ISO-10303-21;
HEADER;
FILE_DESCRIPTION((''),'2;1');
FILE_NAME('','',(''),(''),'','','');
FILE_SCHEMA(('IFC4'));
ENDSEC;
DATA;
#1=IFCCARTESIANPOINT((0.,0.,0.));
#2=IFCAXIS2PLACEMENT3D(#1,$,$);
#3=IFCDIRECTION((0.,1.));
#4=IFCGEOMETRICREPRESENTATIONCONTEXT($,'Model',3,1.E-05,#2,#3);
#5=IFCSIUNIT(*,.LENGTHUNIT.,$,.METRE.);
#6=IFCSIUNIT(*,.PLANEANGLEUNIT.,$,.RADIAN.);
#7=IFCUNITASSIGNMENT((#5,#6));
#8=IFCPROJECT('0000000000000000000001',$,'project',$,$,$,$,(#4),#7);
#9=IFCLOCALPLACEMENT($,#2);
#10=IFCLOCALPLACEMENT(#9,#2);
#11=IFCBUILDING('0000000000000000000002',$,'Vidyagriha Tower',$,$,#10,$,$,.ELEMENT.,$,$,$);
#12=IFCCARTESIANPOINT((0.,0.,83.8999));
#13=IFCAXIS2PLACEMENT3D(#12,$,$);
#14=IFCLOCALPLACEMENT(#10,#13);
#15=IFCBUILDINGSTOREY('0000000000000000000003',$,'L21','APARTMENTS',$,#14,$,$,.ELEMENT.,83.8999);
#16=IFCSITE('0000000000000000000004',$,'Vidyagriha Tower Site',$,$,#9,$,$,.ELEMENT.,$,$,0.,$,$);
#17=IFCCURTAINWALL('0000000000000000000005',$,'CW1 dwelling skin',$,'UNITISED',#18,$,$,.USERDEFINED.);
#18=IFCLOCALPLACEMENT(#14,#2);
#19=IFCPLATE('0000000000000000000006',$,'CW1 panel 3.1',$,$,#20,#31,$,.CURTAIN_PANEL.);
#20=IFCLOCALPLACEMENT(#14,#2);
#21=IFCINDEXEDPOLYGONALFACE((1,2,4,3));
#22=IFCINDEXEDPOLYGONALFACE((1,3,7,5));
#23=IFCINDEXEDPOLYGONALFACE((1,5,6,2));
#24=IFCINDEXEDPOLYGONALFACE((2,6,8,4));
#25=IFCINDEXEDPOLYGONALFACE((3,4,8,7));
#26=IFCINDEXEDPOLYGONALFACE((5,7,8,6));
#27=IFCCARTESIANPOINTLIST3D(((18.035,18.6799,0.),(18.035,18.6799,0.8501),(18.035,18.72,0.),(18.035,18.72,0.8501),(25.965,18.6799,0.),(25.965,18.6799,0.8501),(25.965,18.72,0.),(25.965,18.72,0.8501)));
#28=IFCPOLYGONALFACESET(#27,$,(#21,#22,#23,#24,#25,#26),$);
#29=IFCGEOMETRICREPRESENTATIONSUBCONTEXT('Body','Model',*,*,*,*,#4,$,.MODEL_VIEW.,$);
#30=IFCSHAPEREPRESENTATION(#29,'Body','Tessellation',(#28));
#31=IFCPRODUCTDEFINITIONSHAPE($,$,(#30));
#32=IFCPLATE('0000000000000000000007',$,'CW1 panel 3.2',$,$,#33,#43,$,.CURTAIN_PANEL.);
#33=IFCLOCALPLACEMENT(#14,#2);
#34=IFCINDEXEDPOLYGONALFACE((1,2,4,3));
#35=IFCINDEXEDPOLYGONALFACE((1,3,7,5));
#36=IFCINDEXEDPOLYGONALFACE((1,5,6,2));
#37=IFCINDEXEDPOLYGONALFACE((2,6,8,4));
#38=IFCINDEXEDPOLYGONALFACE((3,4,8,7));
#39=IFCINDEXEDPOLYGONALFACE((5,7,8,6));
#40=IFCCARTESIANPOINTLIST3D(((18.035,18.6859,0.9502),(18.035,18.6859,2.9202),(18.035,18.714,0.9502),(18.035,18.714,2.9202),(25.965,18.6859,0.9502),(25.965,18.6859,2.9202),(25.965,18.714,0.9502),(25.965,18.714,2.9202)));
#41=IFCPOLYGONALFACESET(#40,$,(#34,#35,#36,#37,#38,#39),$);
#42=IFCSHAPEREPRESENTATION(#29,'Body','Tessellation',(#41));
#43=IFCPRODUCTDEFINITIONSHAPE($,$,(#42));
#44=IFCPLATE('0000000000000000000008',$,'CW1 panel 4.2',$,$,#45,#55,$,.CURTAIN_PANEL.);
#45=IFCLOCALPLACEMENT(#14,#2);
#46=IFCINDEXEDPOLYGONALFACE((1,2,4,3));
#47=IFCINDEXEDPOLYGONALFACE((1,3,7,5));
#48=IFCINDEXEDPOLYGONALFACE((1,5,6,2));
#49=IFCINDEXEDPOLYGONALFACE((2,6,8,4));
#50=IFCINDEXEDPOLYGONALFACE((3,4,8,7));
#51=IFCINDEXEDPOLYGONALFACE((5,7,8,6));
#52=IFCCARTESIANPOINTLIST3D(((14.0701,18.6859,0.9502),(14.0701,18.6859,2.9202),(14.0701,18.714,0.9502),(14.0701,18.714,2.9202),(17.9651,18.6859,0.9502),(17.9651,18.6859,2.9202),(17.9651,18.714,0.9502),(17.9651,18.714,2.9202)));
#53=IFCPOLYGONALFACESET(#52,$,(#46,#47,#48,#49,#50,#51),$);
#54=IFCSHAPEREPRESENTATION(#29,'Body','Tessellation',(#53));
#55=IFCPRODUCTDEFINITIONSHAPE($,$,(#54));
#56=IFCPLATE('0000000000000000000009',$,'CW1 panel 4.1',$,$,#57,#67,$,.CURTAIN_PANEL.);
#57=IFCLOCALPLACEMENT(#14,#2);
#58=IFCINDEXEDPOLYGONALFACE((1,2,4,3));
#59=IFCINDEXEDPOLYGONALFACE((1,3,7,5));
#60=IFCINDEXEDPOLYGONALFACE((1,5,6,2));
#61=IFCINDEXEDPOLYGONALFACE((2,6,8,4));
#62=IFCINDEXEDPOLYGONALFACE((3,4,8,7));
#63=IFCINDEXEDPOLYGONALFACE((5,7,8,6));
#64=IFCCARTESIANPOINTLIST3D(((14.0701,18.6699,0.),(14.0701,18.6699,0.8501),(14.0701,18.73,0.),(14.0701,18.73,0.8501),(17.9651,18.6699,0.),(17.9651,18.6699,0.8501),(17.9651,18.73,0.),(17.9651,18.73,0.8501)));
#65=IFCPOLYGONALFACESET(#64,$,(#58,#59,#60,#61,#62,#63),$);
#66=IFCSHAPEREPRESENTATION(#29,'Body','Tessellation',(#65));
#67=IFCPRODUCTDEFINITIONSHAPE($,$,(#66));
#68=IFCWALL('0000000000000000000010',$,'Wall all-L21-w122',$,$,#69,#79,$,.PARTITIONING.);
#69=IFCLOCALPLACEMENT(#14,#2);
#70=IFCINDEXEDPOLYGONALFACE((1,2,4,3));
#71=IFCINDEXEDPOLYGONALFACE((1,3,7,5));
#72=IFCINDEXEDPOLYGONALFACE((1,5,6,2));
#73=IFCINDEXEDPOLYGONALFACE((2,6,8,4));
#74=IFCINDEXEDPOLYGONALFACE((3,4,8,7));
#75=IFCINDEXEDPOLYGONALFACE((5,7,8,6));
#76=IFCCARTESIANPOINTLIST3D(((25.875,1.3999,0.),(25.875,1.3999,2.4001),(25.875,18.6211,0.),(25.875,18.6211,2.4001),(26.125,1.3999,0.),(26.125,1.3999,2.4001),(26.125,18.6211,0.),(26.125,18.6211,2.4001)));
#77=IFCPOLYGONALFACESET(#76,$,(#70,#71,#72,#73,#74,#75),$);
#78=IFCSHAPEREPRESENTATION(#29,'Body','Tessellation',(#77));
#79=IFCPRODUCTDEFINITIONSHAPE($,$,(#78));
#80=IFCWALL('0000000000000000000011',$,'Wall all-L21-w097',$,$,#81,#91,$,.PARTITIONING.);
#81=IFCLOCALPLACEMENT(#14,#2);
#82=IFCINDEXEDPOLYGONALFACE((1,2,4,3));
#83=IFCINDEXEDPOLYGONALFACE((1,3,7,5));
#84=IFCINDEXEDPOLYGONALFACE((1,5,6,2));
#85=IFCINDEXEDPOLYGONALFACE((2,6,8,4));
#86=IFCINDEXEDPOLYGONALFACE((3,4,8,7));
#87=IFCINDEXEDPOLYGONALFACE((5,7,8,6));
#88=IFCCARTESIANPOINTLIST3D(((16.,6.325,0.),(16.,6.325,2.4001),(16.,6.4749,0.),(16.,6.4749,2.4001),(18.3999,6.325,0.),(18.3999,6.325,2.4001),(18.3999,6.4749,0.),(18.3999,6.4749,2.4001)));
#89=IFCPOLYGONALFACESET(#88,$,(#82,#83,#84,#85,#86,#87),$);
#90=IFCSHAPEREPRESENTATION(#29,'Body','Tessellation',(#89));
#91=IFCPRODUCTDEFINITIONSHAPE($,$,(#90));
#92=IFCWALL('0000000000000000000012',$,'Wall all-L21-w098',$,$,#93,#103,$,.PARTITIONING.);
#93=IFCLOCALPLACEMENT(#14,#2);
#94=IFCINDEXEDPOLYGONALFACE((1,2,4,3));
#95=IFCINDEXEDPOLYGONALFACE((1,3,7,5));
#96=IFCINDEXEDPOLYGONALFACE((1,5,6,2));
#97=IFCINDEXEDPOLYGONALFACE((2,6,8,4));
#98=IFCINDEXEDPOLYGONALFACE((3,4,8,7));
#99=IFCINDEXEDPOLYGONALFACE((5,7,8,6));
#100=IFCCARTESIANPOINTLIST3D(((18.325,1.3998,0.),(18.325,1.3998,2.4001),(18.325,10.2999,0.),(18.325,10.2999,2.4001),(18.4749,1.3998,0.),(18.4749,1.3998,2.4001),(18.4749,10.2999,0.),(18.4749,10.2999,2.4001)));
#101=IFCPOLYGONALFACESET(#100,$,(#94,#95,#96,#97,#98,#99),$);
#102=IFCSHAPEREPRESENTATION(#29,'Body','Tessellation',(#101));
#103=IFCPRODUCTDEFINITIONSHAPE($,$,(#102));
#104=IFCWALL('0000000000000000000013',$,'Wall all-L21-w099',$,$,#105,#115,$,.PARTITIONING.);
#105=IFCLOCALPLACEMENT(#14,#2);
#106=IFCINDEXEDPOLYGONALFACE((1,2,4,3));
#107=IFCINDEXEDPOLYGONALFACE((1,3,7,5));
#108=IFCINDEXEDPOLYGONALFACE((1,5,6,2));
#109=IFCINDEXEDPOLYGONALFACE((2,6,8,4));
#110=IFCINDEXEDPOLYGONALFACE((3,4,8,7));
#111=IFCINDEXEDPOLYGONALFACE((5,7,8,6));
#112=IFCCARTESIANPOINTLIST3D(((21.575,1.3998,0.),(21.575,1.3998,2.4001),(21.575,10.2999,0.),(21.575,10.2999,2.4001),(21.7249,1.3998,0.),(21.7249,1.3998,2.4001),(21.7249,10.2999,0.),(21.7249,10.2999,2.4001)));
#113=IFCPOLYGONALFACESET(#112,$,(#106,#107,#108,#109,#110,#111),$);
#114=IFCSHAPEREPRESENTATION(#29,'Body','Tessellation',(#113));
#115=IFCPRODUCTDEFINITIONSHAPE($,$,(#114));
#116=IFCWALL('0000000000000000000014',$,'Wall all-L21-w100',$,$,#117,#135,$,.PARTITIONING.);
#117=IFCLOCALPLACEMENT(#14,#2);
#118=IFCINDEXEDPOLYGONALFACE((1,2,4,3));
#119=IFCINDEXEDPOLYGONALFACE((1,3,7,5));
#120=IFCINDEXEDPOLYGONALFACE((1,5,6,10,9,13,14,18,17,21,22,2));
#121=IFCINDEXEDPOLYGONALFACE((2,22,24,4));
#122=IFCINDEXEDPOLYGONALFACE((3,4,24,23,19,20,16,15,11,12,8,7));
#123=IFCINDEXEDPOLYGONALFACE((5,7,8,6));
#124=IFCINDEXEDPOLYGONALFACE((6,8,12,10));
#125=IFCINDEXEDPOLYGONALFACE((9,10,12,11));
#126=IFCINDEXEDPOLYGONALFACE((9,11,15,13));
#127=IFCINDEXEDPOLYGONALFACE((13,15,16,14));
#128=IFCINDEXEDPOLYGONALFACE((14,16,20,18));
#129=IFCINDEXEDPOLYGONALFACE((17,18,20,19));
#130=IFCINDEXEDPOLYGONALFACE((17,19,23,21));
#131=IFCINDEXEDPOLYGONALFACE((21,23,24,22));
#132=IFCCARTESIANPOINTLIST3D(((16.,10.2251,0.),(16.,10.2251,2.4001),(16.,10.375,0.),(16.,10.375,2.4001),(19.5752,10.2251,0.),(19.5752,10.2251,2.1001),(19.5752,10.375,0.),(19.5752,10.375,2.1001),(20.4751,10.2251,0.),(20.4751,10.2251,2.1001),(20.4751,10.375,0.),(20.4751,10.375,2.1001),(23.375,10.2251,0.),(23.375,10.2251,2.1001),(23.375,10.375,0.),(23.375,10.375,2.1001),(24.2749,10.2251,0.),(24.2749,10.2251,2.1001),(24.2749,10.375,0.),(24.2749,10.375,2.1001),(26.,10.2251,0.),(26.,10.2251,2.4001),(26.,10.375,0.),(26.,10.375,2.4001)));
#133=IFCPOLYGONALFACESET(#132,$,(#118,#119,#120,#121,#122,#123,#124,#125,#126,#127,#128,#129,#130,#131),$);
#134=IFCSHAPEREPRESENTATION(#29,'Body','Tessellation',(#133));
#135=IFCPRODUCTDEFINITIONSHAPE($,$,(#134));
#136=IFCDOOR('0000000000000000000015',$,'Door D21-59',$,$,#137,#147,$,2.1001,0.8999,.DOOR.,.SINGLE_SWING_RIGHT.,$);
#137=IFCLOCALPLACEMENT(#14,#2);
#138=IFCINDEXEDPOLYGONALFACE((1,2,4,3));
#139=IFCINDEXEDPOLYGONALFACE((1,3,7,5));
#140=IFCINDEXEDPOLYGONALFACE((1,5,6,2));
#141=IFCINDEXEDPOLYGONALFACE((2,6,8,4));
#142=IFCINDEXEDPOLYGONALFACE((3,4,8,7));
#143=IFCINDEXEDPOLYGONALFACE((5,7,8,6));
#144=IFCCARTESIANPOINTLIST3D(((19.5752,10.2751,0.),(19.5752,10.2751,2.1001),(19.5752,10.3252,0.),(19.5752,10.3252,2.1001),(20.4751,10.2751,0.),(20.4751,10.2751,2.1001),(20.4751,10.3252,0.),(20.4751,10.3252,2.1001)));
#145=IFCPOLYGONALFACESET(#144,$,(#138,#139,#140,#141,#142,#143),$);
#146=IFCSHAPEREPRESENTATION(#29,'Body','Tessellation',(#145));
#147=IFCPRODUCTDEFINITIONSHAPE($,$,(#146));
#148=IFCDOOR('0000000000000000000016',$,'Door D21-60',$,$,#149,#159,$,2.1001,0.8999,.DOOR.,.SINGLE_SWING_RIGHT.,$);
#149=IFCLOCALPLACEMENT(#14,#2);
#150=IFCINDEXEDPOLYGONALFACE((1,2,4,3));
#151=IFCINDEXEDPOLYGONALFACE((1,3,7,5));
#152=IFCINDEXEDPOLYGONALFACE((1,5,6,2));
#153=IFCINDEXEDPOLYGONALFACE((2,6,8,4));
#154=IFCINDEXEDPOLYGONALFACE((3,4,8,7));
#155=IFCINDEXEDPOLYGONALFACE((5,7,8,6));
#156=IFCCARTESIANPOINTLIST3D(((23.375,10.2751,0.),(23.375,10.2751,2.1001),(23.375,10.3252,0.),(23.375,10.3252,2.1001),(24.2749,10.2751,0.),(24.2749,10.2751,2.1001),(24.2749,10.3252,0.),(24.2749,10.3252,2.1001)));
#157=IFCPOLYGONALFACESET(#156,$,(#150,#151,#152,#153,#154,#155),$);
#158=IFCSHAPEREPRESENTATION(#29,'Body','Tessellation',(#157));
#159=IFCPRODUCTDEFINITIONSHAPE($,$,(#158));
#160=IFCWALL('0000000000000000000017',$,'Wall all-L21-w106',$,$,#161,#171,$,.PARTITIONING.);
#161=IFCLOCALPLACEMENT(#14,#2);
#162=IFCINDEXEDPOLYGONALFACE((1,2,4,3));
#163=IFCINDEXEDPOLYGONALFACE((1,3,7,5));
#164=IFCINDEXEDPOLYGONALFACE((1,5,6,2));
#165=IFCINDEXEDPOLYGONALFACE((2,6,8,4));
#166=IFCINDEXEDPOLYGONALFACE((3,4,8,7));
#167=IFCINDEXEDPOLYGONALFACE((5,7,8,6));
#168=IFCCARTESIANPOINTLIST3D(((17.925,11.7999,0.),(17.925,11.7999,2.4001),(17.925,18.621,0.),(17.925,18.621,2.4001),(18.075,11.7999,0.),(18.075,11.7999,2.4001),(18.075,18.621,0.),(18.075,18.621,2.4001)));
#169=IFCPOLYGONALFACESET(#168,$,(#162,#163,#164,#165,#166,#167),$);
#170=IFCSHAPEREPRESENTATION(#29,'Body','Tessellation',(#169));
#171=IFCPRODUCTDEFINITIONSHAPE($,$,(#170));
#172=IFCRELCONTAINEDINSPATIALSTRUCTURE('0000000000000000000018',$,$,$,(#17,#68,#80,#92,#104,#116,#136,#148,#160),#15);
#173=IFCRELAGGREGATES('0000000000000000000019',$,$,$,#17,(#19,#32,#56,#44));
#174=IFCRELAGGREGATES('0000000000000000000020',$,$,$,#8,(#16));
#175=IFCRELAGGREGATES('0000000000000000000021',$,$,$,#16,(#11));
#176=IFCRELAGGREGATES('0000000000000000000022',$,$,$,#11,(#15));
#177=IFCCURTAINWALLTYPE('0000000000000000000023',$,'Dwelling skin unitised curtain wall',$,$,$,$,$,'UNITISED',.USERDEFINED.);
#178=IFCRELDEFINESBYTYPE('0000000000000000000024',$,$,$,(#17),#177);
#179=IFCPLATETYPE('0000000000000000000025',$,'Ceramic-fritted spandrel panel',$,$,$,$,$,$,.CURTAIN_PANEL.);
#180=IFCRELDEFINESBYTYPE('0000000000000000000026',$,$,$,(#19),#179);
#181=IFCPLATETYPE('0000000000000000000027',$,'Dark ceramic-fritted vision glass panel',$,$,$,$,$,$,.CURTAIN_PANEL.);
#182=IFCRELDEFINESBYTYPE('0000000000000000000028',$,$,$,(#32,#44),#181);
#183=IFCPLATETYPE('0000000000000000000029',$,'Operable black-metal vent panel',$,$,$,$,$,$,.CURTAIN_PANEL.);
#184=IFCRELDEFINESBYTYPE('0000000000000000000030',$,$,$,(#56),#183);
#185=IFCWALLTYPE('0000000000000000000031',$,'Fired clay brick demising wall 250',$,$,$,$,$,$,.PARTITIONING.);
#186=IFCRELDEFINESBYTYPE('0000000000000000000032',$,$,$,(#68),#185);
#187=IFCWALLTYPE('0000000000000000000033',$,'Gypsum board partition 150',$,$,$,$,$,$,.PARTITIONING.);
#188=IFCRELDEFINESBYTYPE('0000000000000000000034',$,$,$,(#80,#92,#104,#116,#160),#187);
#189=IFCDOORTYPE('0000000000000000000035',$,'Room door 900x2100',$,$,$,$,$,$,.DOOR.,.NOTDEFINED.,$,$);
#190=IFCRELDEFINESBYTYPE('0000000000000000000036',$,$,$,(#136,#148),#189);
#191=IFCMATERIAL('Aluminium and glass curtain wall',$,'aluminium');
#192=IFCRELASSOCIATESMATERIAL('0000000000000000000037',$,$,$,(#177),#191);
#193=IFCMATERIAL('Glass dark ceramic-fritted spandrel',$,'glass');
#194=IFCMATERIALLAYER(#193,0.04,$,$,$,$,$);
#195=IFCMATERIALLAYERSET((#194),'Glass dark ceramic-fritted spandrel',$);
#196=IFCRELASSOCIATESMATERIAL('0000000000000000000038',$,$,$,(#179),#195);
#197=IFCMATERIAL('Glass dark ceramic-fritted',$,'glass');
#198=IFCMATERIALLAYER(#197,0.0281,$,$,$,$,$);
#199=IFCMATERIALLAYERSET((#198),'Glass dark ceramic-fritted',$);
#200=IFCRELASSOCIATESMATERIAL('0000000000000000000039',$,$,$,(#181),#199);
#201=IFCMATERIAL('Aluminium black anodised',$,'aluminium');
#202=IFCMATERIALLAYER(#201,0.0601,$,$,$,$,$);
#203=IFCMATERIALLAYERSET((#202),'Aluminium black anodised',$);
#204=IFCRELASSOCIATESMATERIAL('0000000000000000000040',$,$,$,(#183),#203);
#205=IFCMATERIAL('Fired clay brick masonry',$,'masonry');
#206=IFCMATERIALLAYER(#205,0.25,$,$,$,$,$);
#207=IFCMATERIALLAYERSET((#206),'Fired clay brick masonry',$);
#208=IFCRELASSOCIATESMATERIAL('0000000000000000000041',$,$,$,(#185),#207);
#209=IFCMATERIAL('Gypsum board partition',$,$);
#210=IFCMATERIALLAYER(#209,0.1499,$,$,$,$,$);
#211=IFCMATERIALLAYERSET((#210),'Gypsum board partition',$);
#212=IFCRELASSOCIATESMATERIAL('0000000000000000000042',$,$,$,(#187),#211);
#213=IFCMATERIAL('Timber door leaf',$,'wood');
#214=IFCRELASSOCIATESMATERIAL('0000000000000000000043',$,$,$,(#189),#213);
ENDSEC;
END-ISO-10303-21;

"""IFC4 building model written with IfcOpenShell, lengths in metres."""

from ifc_helpers import new_model, si_unit, direction, frame, frame_2d, origin, origin_2d, place, context, subcontext, project, spatial, rectangle, extrude, material, layer, layer_set, type_object, element, fill, aggregate, save


model = new_model("IFC4")

# Units and contexts
model_context = context("Model", 3, precision=1e-05, world=origin(), true_north=direction((0.0, 1.0)))
body_context = subcontext(model_context, "Body", "Model", "MODEL_VIEW")
ifc_project = project(units=[si_unit("LENGTHUNIT", "METRE"), si_unit("PLANEANGLEUNIT", "RADIAN")], contexts=[model_context])

# Site, building, storey
site_placement = place(None, origin())
site = spatial("IfcSite", under=ifc_project, at=site_placement, Name="Vidyagriha Tower Site", CompositionType="ELEMENT", RefElevation=0.0)
building_placement = place(site_placement, origin())
building = spatial("IfcBuilding", under=site, at=building_placement, Name="Vidyagriha Tower", CompositionType="ELEMENT")
storey_placement = place(building_placement, frame((0.0, 0.0, 83.8999)))
storey = spatial("IfcBuildingStorey", under=building, at=storey_placement, Name="L21", Description="APARTMENTS", CompositionType="ELEMENT", Elevation=83.8999)

# Curtain wall, plates
ifc_material_1 = material(Name="Aluminium and glass curtain wall", Category="aluminium")
curtain_wall_type = type_object("IfcCurtainWallType", Name="Dwelling skin unitised curtain wall", ElementType="UNITISED", PredefinedType="USERDEFINED", material=ifc_material_1)
curtain_wall_placement = place(storey_placement, origin())
curtain_wall = element("IfcCurtainWall", 1, at=curtain_wall_placement, inside=storey, type_object=curtain_wall_type, Name="CW1 dwelling skin", ObjectType="UNITISED", PredefinedType="USERDEFINED")
ifc_material_2 = material(Name="Glass dark ceramic-fritted spandrel", Category="glass")
ifc_layer_1 = layer(ifc_material_2, 0.04)
ifc_layer_set_1 = layer_set([ifc_layer_1], Name="Glass dark ceramic-fritted spandrel")
plate_type_1 = type_object("IfcPlateType", Name="Ceramic-fritted spandrel panel", PredefinedType="CURTAIN_PANEL", material=ifc_layer_set_1)
plate_1_placement = place(storey_placement, frame((22.0, 18.7, 0.0), z_axis=(0.0, 0.0, 1.0), x_axis=(-1.0, 0.0, 0.0)))
plate_1 = element("IfcPlate", 2, at=plate_1_placement, type_object=plate_type_1, Name="CW1 panel 3.1", PredefinedType="CURTAIN_PANEL", context=body_context, shape_type="SweptSolid", body=[
    extrude(rectangle(XDim=7.9299, YDim=0.04, at=origin_2d()), origin(), (0.0, 0.0, 1.0), 0.8501),
])
ifc_material_3 = material(Name="Glass dark ceramic-fritted", Category="glass")
ifc_layer_2 = layer(ifc_material_3, 0.0281)
ifc_layer_set_2 = layer_set([ifc_layer_2], Name="Glass dark ceramic-fritted")
plate_type_2 = type_object("IfcPlateType", Name="Dark ceramic-fritted vision glass panel", PredefinedType="CURTAIN_PANEL", material=ifc_layer_set_2)
plate_2_placement = place(storey_placement, frame((22.0, 18.7, 0.9502), z_axis=(0.0, 0.0, 1.0), x_axis=(-1.0, 0.0, 0.0)))
plate_2 = element("IfcPlate", 3, at=plate_2_placement, type_object=plate_type_2, Name="CW1 panel 3.2", PredefinedType="CURTAIN_PANEL", context=body_context, shape_type="SweptSolid", body=[
    extrude(rectangle(XDim=7.9299, YDim=0.0281, at=origin_2d()), origin(), (0.0, 0.0, 1.0), 1.97),
])
plate_3_placement = place(storey_placement, frame((16.0176, 18.7, 0.9502), z_axis=(0.0, 0.0, 1.0), x_axis=(-1.0, 0.0, 0.0)))
plate_3 = element("IfcPlate", 4, at=plate_3_placement, type_object=plate_type_2, Name="CW1 panel 4.2", PredefinedType="CURTAIN_PANEL", context=body_context, shape_type="SweptSolid", body=[
    extrude(rectangle(XDim=3.895, YDim=0.0281, at=origin_2d()), origin(), (0.0, 0.0, 1.0), 1.97),
])
ifc_material_4 = material(Name="Aluminium black anodised", Category="aluminium")
ifc_layer_3 = layer(ifc_material_4, 0.0601)
ifc_layer_set_3 = layer_set([ifc_layer_3], Name="Aluminium black anodised")
plate_type_3 = type_object("IfcPlateType", Name="Operable black-metal vent panel", PredefinedType="CURTAIN_PANEL", material=ifc_layer_set_3)
plate_4_placement = place(storey_placement, frame((16.0176, 18.7, 0.0), z_axis=(0.0, 0.0, 1.0), x_axis=(-1.0, 0.0, 0.0)))
plate_4 = element("IfcPlate", 5, at=plate_4_placement, type_object=plate_type_3, Name="CW1 panel 4.1", PredefinedType="CURTAIN_PANEL", context=body_context, shape_type="SweptSolid", body=[
    extrude(rectangle(XDim=3.895, YDim=0.0601, at=origin_2d()), origin(), (0.0, 0.0, 1.0), 0.8501),
])
aggregate(curtain_wall, [plate_1, plate_2, plate_4, plate_3])

# Walls
ifc_material_5 = material(Name="Fired clay brick masonry", Category="masonry")
ifc_layer_4 = layer(ifc_material_5, 0.25)
ifc_layer_set_4 = layer_set([ifc_layer_4], Name="Fired clay brick masonry")
wall_type_1 = type_object("IfcWallType", Name="Fired clay brick demising wall 250", PredefinedType="PARTITIONING", material=ifc_layer_set_4)
wall_1_placement = place(storey_placement, frame((26.0, 18.6211, 0.0), z_axis=(0.0, 0.0, 1.0), x_axis=(0.0, -1.0, 0.0)))
element("IfcWall", 6, at=wall_1_placement, inside=storey, type_object=wall_type_1, Name="Wall all-L21-w122", PredefinedType="PARTITIONING", context=body_context, shape_type="SweptSolid", body=[
    extrude(rectangle(XDim=17.2212, YDim=0.25, at=frame_2d((8.6106, 0.0))), origin(), (0.0, 0.0, 1.0), 2.4001),
])
ifc_material_6 = material(Name="Gypsum board partition")
ifc_layer_5 = layer(ifc_material_6, 0.1499)
ifc_layer_set_5 = layer_set([ifc_layer_5], Name="Gypsum board partition")
wall_type_2 = type_object("IfcWallType", Name="Gypsum board partition 150", PredefinedType="PARTITIONING", material=ifc_layer_set_5)
wall_2_placement = place(storey_placement, frame((16.0, 6.3999, 0.0)))
element("IfcWall", 7, at=wall_2_placement, inside=storey, type_object=wall_type_2, Name="Wall all-L21-w097", PredefinedType="PARTITIONING", context=body_context, shape_type="SweptSolid", body=[
    extrude(rectangle(XDim=2.3999, YDim=0.1499, at=frame_2d((1.2, 0.0))), origin(), (0.0, 0.0, 1.0), 2.4001),
])
for number, where, z_axis, x_axis, name in (
    (8, (18.3999, 10.3, 0.0), (0.0, 0.0, 1.0), (0.0, -1.0, 0.0), "Wall all-L21-w098"),
    (9, (21.6499, 10.3, 0.0), (0.0, 0.0, 1.0), (0.0, -1.0, 0.0), "Wall all-L21-w099"),
):
    element("IfcWall", number, at=place(storey_placement, frame(where, z_axis=z_axis, x_axis=x_axis)), inside=storey, type_object=wall_type_2, Name=name, PredefinedType="PARTITIONING", context=body_context, shape_type="SweptSolid", body=[
        extrude(rectangle(XDim=8.9001, YDim=0.1499, at=frame_2d((4.4502, 0.0))), origin(), (0.0, 0.0, 1.0), 2.4001),
    ])

# Wall, openings, doors
wall_3_placement = place(storey_placement, frame((26.0, 10.3, 0.0), z_axis=(0.0, 0.0, 1.0), x_axis=(-1.0, 0.0, 0.0)))
wall_3 = element("IfcWall", 10, at=wall_3_placement, inside=storey, type_object=wall_type_2, Name="Wall all-L21-w100", PredefinedType="PARTITIONING", context=body_context, shape_type="SweptSolid", body=[
    extrude(rectangle(XDim=10.0, YDim=0.1499, at=frame_2d((5.0, 0.0))), origin(), (0.0, 0.0, 1.0), 2.4001),
])
opening_1_placement = place(wall_3_placement, frame((5.5249, 0.0, 0.0)))
opening_1 = element("IfcOpeningElement", 11, at=opening_1_placement, cuts=wall_3, PredefinedType="OPENING", context=body_context, shape_type="SweptSolid", body=[
    extrude(rectangle(XDim=0.8999, YDim=2.1001, at=frame_2d((0.45, 1.05))), frame((0.0, 0.085, 0.0), z_axis=(0.0, -1.0, 0.0), x_axis=(1.0, 0.0, 0.0)), (0.0, 0.0, 1.0), 0.1699),
])
opening_2_placement = place(wall_3_placement, frame((1.7251, 0.0, 0.0)))
opening_2 = element("IfcOpeningElement", 12, at=opening_2_placement, cuts=wall_3, PredefinedType="OPENING", context=body_context, shape_type="SweptSolid", body=[
    extrude(rectangle(XDim=0.8999, YDim=2.1001, at=frame_2d((0.45, 1.05))), frame((0.0, 0.085, 0.0), z_axis=(0.0, -1.0, 0.0), x_axis=(1.0, 0.0, 0.0)), (0.0, 0.0, 1.0), 0.1699),
])
ifc_material_7 = material(Name="Timber door leaf", Category="wood")
door_type_1 = type_object("IfcDoorType", Name="Room door 900x2100", OperationType="NOTDEFINED", PredefinedType="DOOR", material=ifc_material_7)
door_1_placement = place(opening_1_placement, origin())
door_1 = element("IfcDoor", 13, at=door_1_placement, inside=storey, type_object=door_type_1, Name="Door D21-59", OperationType="SINGLE_SWING_RIGHT", OverallHeight=2.1001, OverallWidth=0.8999, PredefinedType="DOOR", context=body_context, shape_type="SweptSolid", body=[
    extrude(rectangle(XDim=0.8999, YDim=2.1001, at=frame_2d((0.45, 1.05))), frame((0.0, 0.0249, 0.0), z_axis=(0.0, -1.0, 0.0), x_axis=(1.0, 0.0, 0.0)), (0.0, 0.0, 1.0), 0.05),
])
fill(opening_1, door_1)
door_2_placement = place(opening_2_placement, origin())
door_2 = element("IfcDoor", 14, at=door_2_placement, inside=storey, type_object=door_type_1, Name="Door D21-60", OperationType="SINGLE_SWING_RIGHT", OverallHeight=2.1001, OverallWidth=0.8999, PredefinedType="DOOR", context=body_context, shape_type="SweptSolid", body=[
    extrude(rectangle(XDim=0.8999, YDim=2.1001, at=frame_2d((0.45, 1.05))), frame((0.0, 0.0249, 0.0), z_axis=(0.0, -1.0, 0.0), x_axis=(1.0, 0.0, 0.0)), (0.0, 0.0, 1.0), 0.05),
])
fill(opening_2, door_2)

# Wall
wall_4_placement = place(storey_placement, frame((18.0, 18.6211, 0.0), z_axis=(0.0, 0.0, 1.0), x_axis=(0.0, -1.0, 0.0)))
element("IfcWall", 15, at=wall_4_placement, inside=storey, type_object=wall_type_2, Name="Wall all-L21-w106", PredefinedType="PARTITIONING", context=body_context, shape_type="SweptSolid", body=[
    extrude(rectangle(XDim=6.821, YDim=0.1499, at=frame_2d((3.4106, 0.0))), origin(), (0.0, 0.0, 1.0), 2.4001),
])

save(model, "model.ifc")
